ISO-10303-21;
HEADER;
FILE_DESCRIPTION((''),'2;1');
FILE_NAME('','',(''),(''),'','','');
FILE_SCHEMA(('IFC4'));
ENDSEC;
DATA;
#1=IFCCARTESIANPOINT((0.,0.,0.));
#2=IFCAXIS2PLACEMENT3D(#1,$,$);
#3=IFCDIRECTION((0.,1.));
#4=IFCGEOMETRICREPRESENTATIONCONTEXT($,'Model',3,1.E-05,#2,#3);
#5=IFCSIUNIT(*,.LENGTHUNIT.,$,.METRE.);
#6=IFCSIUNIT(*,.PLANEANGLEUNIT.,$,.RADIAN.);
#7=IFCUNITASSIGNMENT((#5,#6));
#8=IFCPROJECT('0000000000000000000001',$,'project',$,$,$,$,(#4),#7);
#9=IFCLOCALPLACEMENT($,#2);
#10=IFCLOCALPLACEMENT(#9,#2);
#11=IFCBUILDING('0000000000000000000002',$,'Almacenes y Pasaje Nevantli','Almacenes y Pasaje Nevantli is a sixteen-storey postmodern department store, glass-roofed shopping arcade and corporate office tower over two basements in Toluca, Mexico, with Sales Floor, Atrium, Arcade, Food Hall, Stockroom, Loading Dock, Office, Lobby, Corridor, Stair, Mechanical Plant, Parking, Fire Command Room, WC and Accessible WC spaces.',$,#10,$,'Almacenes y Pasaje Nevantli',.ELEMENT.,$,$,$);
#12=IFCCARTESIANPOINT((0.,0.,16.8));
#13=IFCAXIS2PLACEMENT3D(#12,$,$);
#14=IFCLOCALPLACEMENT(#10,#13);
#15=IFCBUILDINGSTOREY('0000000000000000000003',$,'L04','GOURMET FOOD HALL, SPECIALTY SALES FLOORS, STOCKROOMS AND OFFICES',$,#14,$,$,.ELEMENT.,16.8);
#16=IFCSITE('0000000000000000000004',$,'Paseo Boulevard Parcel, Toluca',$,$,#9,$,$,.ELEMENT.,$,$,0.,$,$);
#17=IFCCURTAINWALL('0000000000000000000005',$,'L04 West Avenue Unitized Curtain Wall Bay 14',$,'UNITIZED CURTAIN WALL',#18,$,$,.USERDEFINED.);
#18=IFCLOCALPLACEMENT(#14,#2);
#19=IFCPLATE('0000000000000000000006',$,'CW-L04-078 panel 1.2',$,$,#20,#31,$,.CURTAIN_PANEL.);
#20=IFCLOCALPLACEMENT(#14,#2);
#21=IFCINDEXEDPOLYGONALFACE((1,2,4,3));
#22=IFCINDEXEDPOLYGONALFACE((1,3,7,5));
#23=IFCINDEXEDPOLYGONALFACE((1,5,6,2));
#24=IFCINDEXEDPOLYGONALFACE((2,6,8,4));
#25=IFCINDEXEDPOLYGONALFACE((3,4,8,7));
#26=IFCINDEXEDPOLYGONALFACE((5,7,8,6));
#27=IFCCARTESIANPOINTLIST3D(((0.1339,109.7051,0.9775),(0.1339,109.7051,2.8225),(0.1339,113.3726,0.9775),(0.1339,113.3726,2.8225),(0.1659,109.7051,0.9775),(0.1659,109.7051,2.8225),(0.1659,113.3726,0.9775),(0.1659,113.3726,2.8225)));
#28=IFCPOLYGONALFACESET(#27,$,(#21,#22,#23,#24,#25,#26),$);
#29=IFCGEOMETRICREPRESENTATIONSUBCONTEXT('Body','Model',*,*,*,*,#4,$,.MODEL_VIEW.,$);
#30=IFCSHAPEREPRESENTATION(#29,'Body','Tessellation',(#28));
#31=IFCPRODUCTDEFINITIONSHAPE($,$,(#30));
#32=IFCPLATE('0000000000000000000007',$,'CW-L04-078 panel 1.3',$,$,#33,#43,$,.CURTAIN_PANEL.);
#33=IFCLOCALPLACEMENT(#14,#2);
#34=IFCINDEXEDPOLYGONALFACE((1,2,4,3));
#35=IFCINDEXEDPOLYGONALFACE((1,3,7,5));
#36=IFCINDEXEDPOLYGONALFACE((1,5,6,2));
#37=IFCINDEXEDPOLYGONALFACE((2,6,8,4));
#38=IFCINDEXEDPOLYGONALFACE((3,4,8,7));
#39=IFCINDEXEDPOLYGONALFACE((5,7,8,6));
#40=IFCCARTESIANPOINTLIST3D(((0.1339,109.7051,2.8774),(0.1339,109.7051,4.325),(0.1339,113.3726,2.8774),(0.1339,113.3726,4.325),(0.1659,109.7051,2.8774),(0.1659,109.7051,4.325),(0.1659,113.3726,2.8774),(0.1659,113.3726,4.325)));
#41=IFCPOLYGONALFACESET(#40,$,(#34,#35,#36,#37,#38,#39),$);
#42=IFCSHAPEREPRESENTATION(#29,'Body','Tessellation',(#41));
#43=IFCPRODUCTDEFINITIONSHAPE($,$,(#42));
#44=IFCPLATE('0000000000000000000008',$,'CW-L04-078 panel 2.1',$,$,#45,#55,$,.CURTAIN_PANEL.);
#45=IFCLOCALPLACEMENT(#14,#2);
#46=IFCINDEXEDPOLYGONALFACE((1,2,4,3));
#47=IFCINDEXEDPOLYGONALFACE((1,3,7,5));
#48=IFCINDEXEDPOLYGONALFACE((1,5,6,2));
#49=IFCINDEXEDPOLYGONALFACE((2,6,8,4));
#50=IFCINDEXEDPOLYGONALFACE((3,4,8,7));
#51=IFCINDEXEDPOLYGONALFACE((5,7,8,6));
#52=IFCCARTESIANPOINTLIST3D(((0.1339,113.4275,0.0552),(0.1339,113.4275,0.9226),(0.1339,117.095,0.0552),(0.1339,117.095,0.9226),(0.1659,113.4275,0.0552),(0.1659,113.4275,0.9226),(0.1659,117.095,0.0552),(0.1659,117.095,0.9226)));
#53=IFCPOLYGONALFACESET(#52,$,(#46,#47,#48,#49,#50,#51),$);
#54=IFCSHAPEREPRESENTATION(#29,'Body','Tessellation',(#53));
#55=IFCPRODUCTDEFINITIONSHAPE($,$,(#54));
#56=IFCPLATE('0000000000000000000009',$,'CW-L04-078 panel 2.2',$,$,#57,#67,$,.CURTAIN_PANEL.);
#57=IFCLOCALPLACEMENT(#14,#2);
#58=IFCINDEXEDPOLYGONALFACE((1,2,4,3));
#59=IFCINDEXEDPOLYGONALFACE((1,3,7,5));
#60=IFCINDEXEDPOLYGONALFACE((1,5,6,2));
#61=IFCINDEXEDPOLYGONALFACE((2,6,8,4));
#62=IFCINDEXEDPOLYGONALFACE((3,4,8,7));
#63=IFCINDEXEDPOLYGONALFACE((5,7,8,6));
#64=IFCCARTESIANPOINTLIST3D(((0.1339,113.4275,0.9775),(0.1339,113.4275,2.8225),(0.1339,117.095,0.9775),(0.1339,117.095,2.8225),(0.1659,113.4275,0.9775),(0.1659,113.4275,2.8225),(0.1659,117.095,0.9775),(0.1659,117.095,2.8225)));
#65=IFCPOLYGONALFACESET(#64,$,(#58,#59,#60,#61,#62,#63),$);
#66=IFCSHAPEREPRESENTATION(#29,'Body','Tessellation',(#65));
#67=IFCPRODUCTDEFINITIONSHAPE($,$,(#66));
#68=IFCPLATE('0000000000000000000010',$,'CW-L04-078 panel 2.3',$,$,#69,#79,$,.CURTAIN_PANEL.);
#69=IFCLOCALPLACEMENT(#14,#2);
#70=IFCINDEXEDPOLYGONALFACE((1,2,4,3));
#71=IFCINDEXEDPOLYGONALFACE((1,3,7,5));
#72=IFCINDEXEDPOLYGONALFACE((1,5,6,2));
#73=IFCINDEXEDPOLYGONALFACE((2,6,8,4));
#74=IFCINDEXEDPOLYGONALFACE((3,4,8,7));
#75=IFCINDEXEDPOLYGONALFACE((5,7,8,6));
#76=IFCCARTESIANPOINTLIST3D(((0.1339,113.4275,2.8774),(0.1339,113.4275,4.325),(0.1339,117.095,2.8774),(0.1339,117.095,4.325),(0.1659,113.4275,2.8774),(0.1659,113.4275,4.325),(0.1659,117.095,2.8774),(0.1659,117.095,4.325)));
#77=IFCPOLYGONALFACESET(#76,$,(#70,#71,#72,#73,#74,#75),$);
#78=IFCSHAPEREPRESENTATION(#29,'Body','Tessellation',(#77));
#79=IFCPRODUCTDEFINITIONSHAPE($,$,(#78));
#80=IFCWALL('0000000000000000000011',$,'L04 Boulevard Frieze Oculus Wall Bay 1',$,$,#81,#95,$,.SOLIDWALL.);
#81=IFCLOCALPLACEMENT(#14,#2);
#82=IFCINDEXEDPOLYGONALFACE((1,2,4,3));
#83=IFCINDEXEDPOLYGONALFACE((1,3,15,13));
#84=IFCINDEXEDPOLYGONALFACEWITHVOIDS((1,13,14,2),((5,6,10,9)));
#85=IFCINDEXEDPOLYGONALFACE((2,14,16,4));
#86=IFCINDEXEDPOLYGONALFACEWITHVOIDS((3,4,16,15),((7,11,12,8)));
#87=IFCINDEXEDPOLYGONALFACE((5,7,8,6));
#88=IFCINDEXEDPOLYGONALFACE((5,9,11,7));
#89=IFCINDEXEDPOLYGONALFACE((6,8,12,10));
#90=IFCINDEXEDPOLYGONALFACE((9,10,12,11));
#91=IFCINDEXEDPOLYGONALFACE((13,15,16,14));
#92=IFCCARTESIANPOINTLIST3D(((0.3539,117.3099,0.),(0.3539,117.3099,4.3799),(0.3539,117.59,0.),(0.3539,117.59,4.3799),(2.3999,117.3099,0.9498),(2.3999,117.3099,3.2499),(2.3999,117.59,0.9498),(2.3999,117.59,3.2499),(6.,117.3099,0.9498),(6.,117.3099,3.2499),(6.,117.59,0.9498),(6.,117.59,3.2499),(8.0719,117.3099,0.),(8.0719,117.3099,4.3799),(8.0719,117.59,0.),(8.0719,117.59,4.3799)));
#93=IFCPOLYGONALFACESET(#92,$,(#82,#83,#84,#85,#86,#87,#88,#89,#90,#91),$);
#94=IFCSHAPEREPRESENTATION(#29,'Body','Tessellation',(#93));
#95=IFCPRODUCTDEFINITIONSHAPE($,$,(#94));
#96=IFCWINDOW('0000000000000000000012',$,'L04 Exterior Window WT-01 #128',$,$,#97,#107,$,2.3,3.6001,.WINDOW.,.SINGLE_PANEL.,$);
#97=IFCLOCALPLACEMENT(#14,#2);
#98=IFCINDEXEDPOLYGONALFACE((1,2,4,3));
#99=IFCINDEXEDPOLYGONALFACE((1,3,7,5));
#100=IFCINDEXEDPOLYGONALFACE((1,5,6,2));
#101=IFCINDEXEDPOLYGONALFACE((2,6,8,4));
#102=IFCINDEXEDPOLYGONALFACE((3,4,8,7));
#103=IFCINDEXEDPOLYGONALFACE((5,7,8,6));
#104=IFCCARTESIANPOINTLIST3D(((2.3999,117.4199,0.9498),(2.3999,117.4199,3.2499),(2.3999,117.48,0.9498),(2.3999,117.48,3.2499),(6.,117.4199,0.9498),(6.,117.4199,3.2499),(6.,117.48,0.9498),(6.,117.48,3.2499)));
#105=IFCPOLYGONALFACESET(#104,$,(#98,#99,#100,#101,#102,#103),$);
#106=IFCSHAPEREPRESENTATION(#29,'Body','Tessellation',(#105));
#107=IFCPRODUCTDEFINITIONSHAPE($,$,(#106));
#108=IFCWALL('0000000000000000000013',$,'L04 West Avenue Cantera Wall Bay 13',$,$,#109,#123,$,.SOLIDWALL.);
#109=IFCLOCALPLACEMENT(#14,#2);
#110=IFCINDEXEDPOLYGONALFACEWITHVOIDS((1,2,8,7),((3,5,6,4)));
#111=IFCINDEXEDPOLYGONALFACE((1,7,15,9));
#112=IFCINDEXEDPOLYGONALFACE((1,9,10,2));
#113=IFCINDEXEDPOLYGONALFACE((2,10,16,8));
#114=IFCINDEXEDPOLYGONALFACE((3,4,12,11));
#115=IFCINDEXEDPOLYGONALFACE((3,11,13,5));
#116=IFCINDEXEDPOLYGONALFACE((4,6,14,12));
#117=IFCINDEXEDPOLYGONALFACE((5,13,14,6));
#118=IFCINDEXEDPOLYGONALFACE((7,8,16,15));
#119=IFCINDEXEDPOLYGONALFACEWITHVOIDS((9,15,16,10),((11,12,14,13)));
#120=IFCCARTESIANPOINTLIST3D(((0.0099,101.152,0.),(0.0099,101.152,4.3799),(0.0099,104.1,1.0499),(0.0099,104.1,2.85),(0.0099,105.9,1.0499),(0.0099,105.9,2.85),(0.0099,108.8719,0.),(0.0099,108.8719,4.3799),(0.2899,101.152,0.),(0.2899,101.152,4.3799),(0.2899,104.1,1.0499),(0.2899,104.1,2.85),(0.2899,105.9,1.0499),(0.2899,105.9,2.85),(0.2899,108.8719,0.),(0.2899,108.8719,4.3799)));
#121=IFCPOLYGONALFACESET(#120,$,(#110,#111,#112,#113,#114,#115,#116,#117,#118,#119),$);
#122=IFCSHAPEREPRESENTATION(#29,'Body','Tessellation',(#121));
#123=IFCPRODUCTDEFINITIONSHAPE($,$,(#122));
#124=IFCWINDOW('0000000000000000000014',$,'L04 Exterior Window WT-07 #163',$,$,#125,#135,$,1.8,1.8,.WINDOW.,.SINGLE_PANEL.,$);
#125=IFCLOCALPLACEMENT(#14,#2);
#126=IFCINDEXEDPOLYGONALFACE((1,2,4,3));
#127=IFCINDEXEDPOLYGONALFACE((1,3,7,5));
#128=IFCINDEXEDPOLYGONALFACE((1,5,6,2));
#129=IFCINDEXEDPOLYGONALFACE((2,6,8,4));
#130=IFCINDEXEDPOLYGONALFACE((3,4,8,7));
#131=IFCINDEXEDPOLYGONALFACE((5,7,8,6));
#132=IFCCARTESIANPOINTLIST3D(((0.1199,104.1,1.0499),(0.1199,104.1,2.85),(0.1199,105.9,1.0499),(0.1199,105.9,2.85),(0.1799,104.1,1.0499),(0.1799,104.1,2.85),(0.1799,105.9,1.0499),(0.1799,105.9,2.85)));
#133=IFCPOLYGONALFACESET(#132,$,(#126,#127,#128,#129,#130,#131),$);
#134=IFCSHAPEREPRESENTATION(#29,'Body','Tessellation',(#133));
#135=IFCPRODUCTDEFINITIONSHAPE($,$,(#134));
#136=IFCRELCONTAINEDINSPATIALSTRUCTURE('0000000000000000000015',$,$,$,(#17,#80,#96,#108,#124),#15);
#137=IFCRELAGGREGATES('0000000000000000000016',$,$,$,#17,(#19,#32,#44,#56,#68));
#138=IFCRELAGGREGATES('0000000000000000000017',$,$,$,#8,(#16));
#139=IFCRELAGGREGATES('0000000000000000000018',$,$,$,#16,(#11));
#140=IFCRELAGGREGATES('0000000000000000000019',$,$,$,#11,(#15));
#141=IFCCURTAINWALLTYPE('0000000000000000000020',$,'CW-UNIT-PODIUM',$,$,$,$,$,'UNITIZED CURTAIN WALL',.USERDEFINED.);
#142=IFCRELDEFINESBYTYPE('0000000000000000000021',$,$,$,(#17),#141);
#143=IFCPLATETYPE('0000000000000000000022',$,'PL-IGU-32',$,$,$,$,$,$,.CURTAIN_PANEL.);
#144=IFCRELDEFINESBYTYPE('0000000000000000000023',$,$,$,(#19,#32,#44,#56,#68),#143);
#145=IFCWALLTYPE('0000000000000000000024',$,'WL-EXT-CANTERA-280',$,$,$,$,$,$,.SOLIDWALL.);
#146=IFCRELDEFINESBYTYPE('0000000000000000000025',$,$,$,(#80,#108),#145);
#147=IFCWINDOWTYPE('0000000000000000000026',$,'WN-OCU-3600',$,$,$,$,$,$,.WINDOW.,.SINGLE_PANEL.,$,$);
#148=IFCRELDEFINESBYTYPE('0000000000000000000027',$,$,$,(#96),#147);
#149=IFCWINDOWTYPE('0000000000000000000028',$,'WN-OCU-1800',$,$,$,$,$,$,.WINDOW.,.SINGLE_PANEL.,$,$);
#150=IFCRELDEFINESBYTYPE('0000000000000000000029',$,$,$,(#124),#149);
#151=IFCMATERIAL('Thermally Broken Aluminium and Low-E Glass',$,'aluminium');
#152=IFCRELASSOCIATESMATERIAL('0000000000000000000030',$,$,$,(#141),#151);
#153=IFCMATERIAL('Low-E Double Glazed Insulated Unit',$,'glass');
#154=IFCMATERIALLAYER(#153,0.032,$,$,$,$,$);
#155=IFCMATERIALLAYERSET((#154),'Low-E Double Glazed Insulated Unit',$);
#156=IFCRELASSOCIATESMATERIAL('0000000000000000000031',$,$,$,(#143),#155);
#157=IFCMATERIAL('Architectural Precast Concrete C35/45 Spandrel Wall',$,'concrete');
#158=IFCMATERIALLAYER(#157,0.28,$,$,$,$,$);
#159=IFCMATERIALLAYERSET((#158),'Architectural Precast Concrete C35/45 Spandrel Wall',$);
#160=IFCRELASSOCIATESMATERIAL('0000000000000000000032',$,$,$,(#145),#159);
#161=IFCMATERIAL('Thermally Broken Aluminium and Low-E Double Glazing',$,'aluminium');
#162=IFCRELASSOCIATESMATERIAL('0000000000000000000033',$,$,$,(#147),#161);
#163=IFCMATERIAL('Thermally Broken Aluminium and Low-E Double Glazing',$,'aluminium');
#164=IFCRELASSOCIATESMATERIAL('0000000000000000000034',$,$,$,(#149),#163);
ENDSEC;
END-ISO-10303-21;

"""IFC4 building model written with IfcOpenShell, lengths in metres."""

from ifc_helpers import new_model, si_unit, direction, frame, frame_2d, origin, origin_2d, place, context, subcontext, project, spatial, rectangle, extrude, material, layer, layer_set, type_object, element, fill, aggregate, save


model = new_model("IFC4")

# Units and contexts
model_context = context("Model", 3, precision=1e-05, world=origin(), true_north=direction((0.0, 1.0)))
body_context = subcontext(model_context, "Body", "Model", "MODEL_VIEW")
ifc_project = project(units=[si_unit("LENGTHUNIT", "METRE"), si_unit("PLANEANGLEUNIT", "RADIAN")], contexts=[model_context])

# Site, building, storey
site_placement = place(None, origin())
site = spatial("IfcSite", under=ifc_project, at=site_placement, Name="Paseo Boulevard Parcel, Toluca", CompositionType="ELEMENT", RefElevation=0.0)
building_placement = place(site_placement, origin())
building = spatial("IfcBuilding", under=site, at=building_placement, Name="Almacenes y Pasaje Nevantli", Description="Almacenes y Pasaje Nevantli is a sixteen-storey postmodern department store, glass-roofed shopping arcade and corporate office tower over two basements in Toluca, Mexico, with Sales Floor, Atrium, Arcade, Food Hall, Stockroom, Loading Dock, Office, Lobby, Corridor, Stair, Mechanical Plant, Parking, Fire Command Room, WC and Accessible WC spaces.", LongName="Almacenes y Pasaje Nevantli", CompositionType="ELEMENT")
storey_placement = place(building_placement, frame((0.0, 0.0, 16.8)))
storey = spatial("IfcBuildingStorey", under=building, at=storey_placement, Name="L04", Description="GOURMET FOOD HALL, SPECIALTY SALES FLOORS, STOCKROOMS AND OFFICES", CompositionType="ELEMENT", Elevation=16.8)

# Curtain wall, plates
ifc_material_1 = material(Name="Thermally Broken Aluminium and Low-E Glass", Category="aluminium")
curtain_wall_type = type_object("IfcCurtainWallType", Name="CW-UNIT-PODIUM", ElementType="UNITIZED CURTAIN WALL", PredefinedType="USERDEFINED", material=ifc_material_1)
curtain_wall_placement = place(storey_placement, origin())
curtain_wall = element("IfcCurtainWall", 1, at=curtain_wall_placement, inside=storey, type_object=curtain_wall_type, Name="L04 West Avenue Unitized Curtain Wall Bay 14", ObjectType="UNITIZED CURTAIN WALL", PredefinedType="USERDEFINED")
ifc_material_2 = material(Name="Low-E Double Glazed Insulated Unit", Category="glass")
ifc_layer_1 = layer(ifc_material_2, 0.032)
ifc_layer_set_1 = layer_set([ifc_layer_1], Name="Low-E Double Glazed Insulated Unit")
plate_type = type_object("IfcPlateType", Name="PL-IGU-32", PredefinedType="CURTAIN_PANEL", material=ifc_layer_set_1)
plate_1_placement = place(storey_placement, frame((0.1499, 111.5388, 0.9775), z_axis=(0.0, 0.0, 1.0), x_axis=(0.0, 1.0, 0.0)))
plate_1 = element("IfcPlate", 2, at=plate_1_placement, type_object=plate_type, Name="CW-L04-078 panel 1.2", PredefinedType="CURTAIN_PANEL", context=body_context, shape_type="SweptSolid", body=[
    extrude(rectangle(XDim=3.6675, YDim=0.032, at=origin_2d()), origin(), (0.0, 0.0, 1.0), 1.845),
])
plate_2_placement = place(storey_placement, frame((0.1499, 111.5388, 2.8774), z_axis=(0.0, 0.0, 1.0), x_axis=(0.0, 1.0, 0.0)))
plate_2 = element("IfcPlate", 3, at=plate_2_placement, type_object=plate_type, Name="CW-L04-078 panel 1.3", PredefinedType="CURTAIN_PANEL", context=body_context, shape_type="SweptSolid", body=[
    extrude(rectangle(XDim=3.6675, YDim=0.032, at=origin_2d()), origin(), (0.0, 0.0, 1.0), 1.4475),
])
plate_3_placement = place(storey_placement, frame((0.1499, 115.2612, 0.0552), z_axis=(0.0, 0.0, 1.0), x_axis=(0.0, 1.0, 0.0)))
plate_3 = element("IfcPlate", 4, at=plate_3_placement, type_object=plate_type, Name="CW-L04-078 panel 2.1", PredefinedType="CURTAIN_PANEL", context=body_context, shape_type="SweptSolid", body=[
    extrude(rectangle(XDim=3.6675, YDim=0.032, at=origin_2d()), origin(), (0.0, 0.0, 1.0), 0.8674),
])
plate_4_placement = place(storey_placement, frame((0.1499, 115.2612, 0.9775), z_axis=(0.0, 0.0, 1.0), x_axis=(0.0, 1.0, 0.0)))
plate_4 = element("IfcPlate", 5, at=plate_4_placement, type_object=plate_type, Name="CW-L04-078 panel 2.2", PredefinedType="CURTAIN_PANEL", context=body_context, shape_type="SweptSolid", body=[
    extrude(rectangle(XDim=3.6675, YDim=0.032, at=origin_2d()), origin(), (0.0, 0.0, 1.0), 1.845),
])
plate_5_placement = place(storey_placement, frame((0.1499, 115.2612, 2.8774), z_axis=(0.0, 0.0, 1.0), x_axis=(0.0, 1.0, 0.0)))
plate_5 = element("IfcPlate", 6, at=plate_5_placement, type_object=plate_type, Name="CW-L04-078 panel 2.3", PredefinedType="CURTAIN_PANEL", context=body_context, shape_type="SweptSolid", body=[
    extrude(rectangle(XDim=3.6675, YDim=0.032, at=origin_2d()), origin(), (0.0, 0.0, 1.0), 1.4475),
])
aggregate(curtain_wall, [plate_1, plate_2, plate_3, plate_4, plate_5])

# Walls, openings, windows
ifc_material_3 = material(Name="Architectural Precast Concrete C35/45 Spandrel Wall", Category="concrete")
ifc_layer_2 = layer(ifc_material_3, 0.28)
ifc_layer_set_2 = layer_set([ifc_layer_2], Name="Architectural Precast Concrete C35/45 Spandrel Wall")
wall_type = type_object("IfcWallType", Name="WL-EXT-CANTERA-280", PredefinedType="SOLIDWALL", material=ifc_layer_set_2)
wall_1_placement = place(storey_placement, frame((0.354, 117.45, 0.0), z_axis=(0.0, 0.0, 1.0), x_axis=(1.0, 0.0, 0.0)))
wall_1 = element("IfcWall", 7, at=wall_1_placement, inside=storey, type_object=wall_type, Name="L04 Boulevard Frieze Oculus Wall Bay 1", PredefinedType="SOLIDWALL", context=body_context, shape_type="SweptSolid", body=[
    extrude(rectangle(XDim=7.718, YDim=0.28, at=frame_2d((3.8589, 0.0))), origin(), (0.0, 0.0, 1.0), 4.3799),
])
opening_1_placement = place(wall_1_placement, frame((2.0459, 0.0, 0.95)))
opening_1 = element("IfcOpeningElement", 8, at=opening_1_placement, cuts=wall_1, PredefinedType="OPENING", context=body_context, shape_type="SweptSolid", body=[
    extrude(rectangle(XDim=3.6001, YDim=2.3, at=frame_2d((1.8, 1.1499))), frame((0.0, 0.1499, 0.0), z_axis=(0.0, -1.0, 0.0), x_axis=(1.0, 0.0, 0.0)), (0.0, 0.0, 1.0), 0.3),
])
ifc_material_4 = material(Name="Thermally Broken Aluminium and Low-E Double Glazing", Category="aluminium")
window_type_1 = type_object("IfcWindowType", Name="WN-OCU-3600", PartitioningType="SINGLE_PANEL", PredefinedType="WINDOW", material=ifc_material_4)
window_1_placement = place(opening_1_placement, origin())
window_1 = element("IfcWindow", 9, at=window_1_placement, inside=storey, type_object=window_type_1, Name="L04 Exterior Window WT-01 #128", OverallHeight=2.3, OverallWidth=3.6001, PartitioningType="SINGLE_PANEL", PredefinedType="WINDOW", context=body_context, shape_type="SweptSolid", body=[
    extrude(rectangle(XDim=3.6001, YDim=2.3, at=frame_2d((1.8, 1.1499))), frame((0.0, 0.03, 0.0), z_axis=(0.0, -1.0, 0.0), x_axis=(1.0, 0.0, 0.0)), (0.0, 0.0, 1.0), 0.0601),
])
fill(opening_1, window_1)
wall_2_placement = place(storey_placement, frame((0.1499, 101.1521, 0.0), z_axis=(0.0, 0.0, 1.0), x_axis=(0.0, 1.0, 0.0)))
wall_2 = element("IfcWall", 10, at=wall_2_placement, inside=storey, type_object=wall_type, Name="L04 West Avenue Cantera Wall Bay 13", PredefinedType="SOLIDWALL", context=body_context, shape_type="SweptSolid", body=[
    extrude(rectangle(XDim=7.72, YDim=0.28, at=frame_2d((3.8599, 0.0))), origin(), (0.0, 0.0, 1.0), 4.3799),
])
opening_2_placement = place(wall_2_placement, frame((2.948, 0.0, 1.05)))
opening_2 = element("IfcOpeningElement", 11, at=opening_2_placement, cuts=wall_2, PredefinedType="OPENING", context=body_context, shape_type="SweptSolid", body=[
    extrude(rectangle(XDim=1.8, YDim=1.8, at=frame_2d((0.8999, 0.8999))), frame((0.0, 0.1499, 0.0), z_axis=(0.0, -1.0, 0.0), x_axis=(1.0, 0.0, 0.0)), (0.0, 0.0, 1.0), 0.3),
])
ifc_material_5 = material(Name="Thermally Broken Aluminium and Low-E Double Glazing", Category="aluminium")
window_type_2 = type_object("IfcWindowType", Name="WN-OCU-1800", PartitioningType="SINGLE_PANEL", PredefinedType="WINDOW", material=ifc_material_5)
window_2_placement = place(opening_2_placement, origin())
window_2 = element("IfcWindow", 12, at=window_2_placement, inside=storey, type_object=window_type_2, Name="L04 Exterior Window WT-07 #163", OverallHeight=1.8, OverallWidth=1.8, PartitioningType="SINGLE_PANEL", PredefinedType="WINDOW", context=body_context, shape_type="SweptSolid", body=[
    extrude(rectangle(XDim=1.8, YDim=1.8, at=frame_2d((0.8999, 0.8999))), frame((0.0, 0.03, 0.0), z_axis=(0.0, -1.0, 0.0), x_axis=(1.0, 0.0, 0.0)), (0.0, 0.0, 1.0), 0.0601),
])
fill(opening_2, window_2)

save(model, "model.ifc")
